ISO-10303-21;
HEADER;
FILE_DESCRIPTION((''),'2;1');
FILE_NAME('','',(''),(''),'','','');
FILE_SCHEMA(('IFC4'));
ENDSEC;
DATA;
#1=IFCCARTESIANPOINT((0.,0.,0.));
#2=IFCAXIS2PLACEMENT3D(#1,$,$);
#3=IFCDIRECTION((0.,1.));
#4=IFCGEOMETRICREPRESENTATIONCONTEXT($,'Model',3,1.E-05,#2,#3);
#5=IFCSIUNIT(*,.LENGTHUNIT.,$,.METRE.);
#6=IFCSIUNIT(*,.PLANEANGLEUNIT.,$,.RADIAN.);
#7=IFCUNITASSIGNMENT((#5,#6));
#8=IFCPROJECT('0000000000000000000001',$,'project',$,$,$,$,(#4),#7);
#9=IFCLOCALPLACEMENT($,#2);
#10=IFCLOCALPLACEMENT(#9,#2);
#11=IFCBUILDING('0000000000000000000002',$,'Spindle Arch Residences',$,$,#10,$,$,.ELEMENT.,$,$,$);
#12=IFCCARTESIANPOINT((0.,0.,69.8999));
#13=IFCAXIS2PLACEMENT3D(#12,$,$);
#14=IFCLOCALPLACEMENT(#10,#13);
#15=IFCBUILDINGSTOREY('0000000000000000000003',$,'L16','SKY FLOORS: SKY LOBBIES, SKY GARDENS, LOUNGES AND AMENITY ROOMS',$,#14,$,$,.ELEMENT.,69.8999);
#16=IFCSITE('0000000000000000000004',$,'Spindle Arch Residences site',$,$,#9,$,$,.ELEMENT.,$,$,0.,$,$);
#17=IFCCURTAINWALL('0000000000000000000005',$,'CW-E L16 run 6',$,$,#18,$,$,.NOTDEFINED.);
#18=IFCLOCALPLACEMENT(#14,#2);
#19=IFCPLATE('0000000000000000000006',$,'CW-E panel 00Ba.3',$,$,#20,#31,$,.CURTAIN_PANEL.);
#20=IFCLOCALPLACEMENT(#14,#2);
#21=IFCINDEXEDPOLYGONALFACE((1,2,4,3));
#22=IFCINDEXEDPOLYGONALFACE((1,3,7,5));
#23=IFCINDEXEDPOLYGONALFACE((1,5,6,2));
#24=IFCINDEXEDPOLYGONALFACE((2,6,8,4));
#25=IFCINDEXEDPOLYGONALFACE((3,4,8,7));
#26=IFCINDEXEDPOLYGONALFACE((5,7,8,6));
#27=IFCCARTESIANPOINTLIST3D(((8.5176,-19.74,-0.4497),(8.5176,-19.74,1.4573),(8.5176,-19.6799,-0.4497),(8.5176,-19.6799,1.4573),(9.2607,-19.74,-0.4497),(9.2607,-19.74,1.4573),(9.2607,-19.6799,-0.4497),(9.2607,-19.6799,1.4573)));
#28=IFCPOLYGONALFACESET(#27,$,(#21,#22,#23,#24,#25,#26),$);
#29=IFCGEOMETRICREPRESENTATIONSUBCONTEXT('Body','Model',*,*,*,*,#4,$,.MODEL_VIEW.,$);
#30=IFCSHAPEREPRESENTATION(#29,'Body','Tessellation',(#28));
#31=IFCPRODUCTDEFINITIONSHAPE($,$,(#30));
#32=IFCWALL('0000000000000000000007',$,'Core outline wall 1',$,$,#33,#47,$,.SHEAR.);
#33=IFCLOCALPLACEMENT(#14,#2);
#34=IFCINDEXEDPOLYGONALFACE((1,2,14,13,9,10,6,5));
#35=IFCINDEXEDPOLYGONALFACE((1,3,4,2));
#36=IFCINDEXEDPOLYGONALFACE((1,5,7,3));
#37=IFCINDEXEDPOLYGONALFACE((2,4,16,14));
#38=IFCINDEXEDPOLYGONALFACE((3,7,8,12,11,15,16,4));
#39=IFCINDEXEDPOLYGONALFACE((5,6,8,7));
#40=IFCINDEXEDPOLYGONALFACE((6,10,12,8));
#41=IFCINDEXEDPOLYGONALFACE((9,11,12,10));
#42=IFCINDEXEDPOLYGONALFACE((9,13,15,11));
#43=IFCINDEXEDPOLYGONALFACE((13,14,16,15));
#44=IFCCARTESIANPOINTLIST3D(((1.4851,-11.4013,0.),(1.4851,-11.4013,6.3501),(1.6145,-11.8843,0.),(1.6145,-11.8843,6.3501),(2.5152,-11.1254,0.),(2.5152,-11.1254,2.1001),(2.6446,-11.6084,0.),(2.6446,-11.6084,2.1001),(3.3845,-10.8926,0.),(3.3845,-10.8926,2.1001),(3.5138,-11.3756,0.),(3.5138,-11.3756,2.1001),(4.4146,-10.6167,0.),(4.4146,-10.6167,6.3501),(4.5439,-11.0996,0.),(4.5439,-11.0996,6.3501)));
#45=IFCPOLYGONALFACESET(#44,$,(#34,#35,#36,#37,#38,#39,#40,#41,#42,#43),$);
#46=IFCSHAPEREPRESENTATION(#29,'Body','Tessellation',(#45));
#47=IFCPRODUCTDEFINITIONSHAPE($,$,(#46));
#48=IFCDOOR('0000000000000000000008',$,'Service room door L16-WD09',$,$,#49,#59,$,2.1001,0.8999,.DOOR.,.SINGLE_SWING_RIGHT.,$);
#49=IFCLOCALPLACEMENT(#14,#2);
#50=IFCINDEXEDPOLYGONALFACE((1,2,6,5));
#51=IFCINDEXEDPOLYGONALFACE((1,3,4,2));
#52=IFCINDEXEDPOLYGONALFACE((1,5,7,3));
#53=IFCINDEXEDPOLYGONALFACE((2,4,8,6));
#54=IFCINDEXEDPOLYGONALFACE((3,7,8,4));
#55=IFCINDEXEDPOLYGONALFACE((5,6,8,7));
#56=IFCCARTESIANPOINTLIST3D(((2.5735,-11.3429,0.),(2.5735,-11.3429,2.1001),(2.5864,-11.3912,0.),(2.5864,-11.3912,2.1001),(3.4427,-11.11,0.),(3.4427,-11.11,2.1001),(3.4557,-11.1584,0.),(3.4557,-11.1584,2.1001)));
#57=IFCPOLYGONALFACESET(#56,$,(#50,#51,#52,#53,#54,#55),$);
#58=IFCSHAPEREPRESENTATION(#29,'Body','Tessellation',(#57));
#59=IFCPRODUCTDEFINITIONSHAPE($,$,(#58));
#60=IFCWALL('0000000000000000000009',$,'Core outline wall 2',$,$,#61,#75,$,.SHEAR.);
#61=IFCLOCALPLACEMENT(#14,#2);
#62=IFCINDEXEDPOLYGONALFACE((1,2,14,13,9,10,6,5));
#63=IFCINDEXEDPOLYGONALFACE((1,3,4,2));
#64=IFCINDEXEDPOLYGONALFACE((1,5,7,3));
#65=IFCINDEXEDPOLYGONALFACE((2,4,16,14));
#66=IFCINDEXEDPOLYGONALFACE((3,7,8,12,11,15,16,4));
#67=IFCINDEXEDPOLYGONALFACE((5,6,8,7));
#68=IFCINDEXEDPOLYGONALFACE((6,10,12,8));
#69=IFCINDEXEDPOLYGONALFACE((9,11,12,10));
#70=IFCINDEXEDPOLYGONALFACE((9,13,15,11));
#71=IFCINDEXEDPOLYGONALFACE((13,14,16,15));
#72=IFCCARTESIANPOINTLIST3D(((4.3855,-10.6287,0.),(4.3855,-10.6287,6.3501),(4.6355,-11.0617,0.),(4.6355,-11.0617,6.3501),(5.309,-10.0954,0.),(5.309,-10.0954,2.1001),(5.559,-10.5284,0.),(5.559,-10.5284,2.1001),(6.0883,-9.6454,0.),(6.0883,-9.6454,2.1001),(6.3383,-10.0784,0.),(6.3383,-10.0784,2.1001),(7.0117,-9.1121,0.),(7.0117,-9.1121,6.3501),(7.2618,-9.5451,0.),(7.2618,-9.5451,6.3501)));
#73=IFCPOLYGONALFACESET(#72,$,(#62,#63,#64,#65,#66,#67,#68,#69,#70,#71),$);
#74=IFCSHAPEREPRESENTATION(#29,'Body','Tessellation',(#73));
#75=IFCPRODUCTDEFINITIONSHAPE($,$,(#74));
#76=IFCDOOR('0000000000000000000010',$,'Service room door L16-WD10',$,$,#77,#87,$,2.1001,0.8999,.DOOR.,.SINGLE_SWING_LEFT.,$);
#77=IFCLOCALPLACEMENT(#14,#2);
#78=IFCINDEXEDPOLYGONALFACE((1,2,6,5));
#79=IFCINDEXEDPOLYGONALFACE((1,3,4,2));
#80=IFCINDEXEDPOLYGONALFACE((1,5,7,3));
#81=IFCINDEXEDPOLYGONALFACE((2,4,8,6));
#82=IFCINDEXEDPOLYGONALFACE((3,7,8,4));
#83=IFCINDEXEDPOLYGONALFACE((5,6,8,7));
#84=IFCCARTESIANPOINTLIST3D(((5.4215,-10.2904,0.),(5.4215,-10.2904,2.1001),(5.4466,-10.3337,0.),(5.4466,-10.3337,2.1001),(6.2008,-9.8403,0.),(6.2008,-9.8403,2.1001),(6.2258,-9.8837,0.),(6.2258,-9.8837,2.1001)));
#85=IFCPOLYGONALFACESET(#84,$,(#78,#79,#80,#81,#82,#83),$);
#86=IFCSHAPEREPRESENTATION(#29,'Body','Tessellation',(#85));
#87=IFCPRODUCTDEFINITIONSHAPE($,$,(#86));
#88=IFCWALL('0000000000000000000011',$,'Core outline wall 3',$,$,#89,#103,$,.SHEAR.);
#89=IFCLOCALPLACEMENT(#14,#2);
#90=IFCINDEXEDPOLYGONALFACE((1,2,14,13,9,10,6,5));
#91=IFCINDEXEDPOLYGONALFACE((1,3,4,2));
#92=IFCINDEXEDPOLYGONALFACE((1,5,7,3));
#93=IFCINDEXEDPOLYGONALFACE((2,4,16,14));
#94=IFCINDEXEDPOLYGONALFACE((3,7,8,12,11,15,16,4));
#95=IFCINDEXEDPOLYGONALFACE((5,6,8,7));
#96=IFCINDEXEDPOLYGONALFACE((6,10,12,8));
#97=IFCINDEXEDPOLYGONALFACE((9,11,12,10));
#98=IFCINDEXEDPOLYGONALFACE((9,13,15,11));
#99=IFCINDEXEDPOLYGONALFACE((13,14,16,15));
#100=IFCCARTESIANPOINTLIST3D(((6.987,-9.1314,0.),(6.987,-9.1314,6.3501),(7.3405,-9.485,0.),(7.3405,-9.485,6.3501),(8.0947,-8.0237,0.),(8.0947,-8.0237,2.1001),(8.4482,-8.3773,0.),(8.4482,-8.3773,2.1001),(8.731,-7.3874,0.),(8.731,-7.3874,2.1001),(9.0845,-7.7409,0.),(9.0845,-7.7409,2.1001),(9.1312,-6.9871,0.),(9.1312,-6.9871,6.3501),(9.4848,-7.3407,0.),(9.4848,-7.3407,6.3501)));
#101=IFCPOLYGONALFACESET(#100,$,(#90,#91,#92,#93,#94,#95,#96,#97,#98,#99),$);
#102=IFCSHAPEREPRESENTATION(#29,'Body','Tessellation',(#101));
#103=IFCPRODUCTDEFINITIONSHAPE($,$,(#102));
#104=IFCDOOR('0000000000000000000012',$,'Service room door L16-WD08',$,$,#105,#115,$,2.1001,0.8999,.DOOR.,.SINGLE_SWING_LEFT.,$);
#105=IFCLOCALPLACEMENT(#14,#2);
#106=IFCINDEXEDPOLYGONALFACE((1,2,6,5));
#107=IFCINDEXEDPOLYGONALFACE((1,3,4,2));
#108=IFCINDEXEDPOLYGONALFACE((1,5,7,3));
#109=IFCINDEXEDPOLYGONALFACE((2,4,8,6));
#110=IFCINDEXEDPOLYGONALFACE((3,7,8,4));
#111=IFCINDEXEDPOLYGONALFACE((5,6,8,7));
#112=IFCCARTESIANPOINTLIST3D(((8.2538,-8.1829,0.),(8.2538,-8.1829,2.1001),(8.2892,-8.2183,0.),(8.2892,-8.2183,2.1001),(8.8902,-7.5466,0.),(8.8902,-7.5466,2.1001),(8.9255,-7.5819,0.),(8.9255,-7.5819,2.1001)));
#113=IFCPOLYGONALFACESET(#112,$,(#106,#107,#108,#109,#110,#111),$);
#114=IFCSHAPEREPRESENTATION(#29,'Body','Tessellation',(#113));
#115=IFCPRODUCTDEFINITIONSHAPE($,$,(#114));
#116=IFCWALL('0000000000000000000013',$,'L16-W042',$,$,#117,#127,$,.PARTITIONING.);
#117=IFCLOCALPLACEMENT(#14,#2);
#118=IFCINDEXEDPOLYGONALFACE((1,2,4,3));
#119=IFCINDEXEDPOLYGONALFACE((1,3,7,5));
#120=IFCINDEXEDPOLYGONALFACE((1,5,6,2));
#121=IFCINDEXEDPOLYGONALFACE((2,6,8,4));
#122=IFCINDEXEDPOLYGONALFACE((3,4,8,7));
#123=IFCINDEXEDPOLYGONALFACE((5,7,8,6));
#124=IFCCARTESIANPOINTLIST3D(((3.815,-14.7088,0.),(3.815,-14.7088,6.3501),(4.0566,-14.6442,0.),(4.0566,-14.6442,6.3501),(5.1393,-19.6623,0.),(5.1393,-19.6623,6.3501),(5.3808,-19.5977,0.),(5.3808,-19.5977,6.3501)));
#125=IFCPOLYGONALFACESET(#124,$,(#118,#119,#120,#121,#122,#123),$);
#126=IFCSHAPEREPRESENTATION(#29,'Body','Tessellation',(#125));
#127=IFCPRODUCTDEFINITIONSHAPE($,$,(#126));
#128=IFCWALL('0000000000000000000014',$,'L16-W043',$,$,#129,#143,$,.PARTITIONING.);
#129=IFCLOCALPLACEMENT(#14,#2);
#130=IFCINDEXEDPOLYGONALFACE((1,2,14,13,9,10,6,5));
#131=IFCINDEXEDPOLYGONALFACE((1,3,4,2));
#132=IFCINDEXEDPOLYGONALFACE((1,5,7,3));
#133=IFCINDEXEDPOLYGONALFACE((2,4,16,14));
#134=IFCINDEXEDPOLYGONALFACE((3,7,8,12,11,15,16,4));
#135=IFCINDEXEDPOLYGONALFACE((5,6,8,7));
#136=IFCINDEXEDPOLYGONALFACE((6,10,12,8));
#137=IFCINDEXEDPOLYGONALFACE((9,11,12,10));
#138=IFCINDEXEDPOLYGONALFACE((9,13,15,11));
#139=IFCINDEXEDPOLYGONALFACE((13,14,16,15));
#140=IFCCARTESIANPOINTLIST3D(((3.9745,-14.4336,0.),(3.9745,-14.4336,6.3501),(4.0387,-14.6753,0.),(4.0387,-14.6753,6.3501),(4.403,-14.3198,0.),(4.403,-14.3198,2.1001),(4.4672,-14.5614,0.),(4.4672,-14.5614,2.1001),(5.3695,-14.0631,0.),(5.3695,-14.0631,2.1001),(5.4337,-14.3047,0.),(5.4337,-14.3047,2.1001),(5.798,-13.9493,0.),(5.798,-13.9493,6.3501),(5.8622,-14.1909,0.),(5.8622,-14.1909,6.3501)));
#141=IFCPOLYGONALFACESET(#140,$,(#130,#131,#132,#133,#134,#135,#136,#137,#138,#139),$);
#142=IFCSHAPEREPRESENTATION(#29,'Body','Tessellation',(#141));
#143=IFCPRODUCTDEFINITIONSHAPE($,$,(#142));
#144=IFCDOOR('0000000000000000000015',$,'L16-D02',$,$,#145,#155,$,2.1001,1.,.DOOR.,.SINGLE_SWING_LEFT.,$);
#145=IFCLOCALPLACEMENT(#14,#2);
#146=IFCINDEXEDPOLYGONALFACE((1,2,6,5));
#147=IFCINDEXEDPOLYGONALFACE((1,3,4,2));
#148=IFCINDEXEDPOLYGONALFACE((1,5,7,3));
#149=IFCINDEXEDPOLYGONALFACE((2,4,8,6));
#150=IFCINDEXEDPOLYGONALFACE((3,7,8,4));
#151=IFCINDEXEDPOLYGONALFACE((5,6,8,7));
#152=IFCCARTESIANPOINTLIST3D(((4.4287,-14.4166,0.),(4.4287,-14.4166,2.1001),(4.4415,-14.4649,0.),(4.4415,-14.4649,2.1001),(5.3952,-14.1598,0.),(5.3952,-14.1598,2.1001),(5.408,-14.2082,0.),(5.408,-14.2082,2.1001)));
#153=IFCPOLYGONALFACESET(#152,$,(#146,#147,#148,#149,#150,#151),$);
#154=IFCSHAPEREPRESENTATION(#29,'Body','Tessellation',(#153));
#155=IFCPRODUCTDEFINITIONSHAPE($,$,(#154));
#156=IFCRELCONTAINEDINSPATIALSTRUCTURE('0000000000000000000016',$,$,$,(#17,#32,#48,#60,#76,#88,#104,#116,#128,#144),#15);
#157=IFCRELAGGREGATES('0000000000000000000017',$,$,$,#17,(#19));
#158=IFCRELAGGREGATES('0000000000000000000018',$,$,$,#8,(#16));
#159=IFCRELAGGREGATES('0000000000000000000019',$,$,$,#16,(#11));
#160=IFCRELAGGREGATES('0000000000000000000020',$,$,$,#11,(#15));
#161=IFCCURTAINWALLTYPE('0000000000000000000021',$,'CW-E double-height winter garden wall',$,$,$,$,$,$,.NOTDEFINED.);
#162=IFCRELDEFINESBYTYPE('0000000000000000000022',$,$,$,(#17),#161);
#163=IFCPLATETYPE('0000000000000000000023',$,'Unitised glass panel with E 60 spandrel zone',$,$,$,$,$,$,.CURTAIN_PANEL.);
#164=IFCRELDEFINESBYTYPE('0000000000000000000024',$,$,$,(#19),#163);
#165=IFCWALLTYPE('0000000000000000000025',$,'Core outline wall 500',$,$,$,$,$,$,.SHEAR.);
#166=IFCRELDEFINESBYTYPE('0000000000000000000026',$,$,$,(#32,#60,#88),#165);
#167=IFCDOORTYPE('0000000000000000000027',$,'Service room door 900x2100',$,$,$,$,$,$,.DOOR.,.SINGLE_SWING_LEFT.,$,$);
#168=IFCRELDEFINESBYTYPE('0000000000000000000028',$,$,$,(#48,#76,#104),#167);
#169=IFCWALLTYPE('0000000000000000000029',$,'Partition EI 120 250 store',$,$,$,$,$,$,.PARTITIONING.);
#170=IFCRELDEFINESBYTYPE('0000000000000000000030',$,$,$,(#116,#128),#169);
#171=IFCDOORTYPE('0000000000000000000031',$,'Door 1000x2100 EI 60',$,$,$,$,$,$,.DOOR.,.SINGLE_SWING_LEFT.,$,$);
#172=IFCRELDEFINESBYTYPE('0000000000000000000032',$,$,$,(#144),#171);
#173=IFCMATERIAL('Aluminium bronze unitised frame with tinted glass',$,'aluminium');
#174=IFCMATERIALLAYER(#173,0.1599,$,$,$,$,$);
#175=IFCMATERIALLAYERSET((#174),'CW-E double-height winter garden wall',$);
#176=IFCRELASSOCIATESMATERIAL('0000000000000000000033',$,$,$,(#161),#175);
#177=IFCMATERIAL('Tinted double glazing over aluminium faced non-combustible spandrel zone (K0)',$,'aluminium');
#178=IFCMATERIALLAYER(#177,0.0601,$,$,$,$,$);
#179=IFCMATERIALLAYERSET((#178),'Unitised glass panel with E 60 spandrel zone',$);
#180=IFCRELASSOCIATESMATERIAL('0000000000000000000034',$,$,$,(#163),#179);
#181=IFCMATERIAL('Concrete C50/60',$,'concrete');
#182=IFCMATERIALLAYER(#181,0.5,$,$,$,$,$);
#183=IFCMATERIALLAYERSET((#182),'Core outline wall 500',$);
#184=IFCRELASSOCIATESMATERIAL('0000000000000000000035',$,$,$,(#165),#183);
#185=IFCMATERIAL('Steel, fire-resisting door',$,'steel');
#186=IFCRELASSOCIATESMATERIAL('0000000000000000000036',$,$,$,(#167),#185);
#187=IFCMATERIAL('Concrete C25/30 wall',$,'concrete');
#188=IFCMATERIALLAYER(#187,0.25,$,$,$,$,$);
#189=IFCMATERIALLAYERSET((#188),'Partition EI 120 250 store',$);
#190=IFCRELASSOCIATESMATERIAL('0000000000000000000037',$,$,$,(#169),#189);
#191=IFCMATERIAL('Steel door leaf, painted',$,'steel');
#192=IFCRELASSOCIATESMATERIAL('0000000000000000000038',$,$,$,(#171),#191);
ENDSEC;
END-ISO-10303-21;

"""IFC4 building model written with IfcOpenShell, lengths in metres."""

from ifc_helpers import new_model, si_unit, direction, frame, frame_2d, origin, origin_2d, place, context, subcontext, project, spatial, rectangle, extrude, material, layer, layer_set, type_object, element, fill, aggregate, save


model = new_model("IFC4")

# Units and contexts
model_context = context("Model", 3, precision=1e-05, world=origin(), true_north=direction((0.0, 1.0)))
body_context = subcontext(model_context, "Body", "Model", "MODEL_VIEW")
ifc_project = project(units=[si_unit("LENGTHUNIT", "METRE"), si_unit("PLANEANGLEUNIT", "RADIAN")], contexts=[model_context])

# Site, building, storey
site_placement = place(None, origin())
site = spatial("IfcSite", under=ifc_project, at=site_placement, Name="Spindle Arch Residences site", CompositionType="ELEMENT", RefElevation=0.0)
building_placement = place(site_placement, origin())
building = spatial("IfcBuilding", under=site, at=building_placement, Name="Spindle Arch Residences", CompositionType="ELEMENT")
storey_placement = place(building_placement, frame((0.0, 0.0, 69.8999)))
storey = spatial("IfcBuildingStorey", under=building, at=storey_placement, Name="L16", Description="SKY FLOORS: SKY LOBBIES, SKY GARDENS, LOUNGES AND AMENITY ROOMS", CompositionType="ELEMENT", Elevation=69.8999)

# Curtain wall, plate
ifc_material_1 = material(Name="Aluminium bronze unitised frame with tinted glass", Category="aluminium")
ifc_layer_1 = layer(ifc_material_1, 0.1599)
ifc_layer_set_1 = layer_set([ifc_layer_1], Name="CW-E double-height winter garden wall")
curtain_wall_type = type_object("IfcCurtainWallType", Name="CW-E double-height winter garden wall", PredefinedType="NOTDEFINED", material=ifc_layer_set_1)
curtain_wall_placement = place(storey_placement, origin())
curtain_wall = element("IfcCurtainWall", 1, at=curtain_wall_placement, inside=storey, type_object=curtain_wall_type, Name="CW-E L16 run 6", PredefinedType="NOTDEFINED")
ifc_material_2 = material(Name="Tinted double glazing over aluminium faced non-combustible spandrel zone (K0)", Category="aluminium")
ifc_layer_2 = layer(ifc_material_2, 0.0601)
ifc_layer_set_2 = layer_set([ifc_layer_2], Name="Unitised glass panel with E 60 spandrel zone")
plate_type = type_object("IfcPlateType", Name="Unitised glass panel with E 60 spandrel zone", PredefinedType="CURTAIN_PANEL", material=ifc_layer_set_2)
plate_placement = place(storey_placement, frame((8.8892, -19.71, -0.4497), z_axis=(0.0, 0.0, 1.0), x_axis=(1.0, 0.0, 0.0)))
plate = element("IfcPlate", 2, at=plate_placement, type_object=plate_type, Name="CW-E panel 00Ba.3", PredefinedType="CURTAIN_PANEL", context=body_context, shape_type="SweptSolid", body=[
    extrude(rectangle(XDim=0.7432, YDim=0.0601, at=origin_2d()), origin(), (0.0, 0.0, 1.0), 1.907),
])
aggregate(curtain_wall, [plate])

# Walls, openings, doors
ifc_material_3 = material(Name="Concrete C50/60", Category="concrete")
ifc_layer_3 = layer(ifc_material_3, 0.5)
ifc_layer_set_3 = layer_set([ifc_layer_3], Name="Core outline wall 500")
wall_type_1 = type_object("IfcWallType", Name="Core outline wall 500", PredefinedType="SHEAR", material=ifc_layer_set_3)
wall_1_placement = place(storey_placement, frame((1.5498, -11.6428, 0.0), z_axis=(0.0, 0.0, 1.0), x_axis=(0.965948, 0.258735, 0.0)))
wall_1 = element("IfcWall", 3, at=wall_1_placement, inside=storey, type_object=wall_type_1, Name="Core outline wall 1", PredefinedType="SHEAR", context=body_context, shape_type="SweptSolid", body=[
    extrude(rectangle(XDim=3.0327, YDim=0.5, at=frame_2d((1.5164, 0.0))), origin(), (0.0, 0.0, 1.0), 6.3501),
])
opening_1_placement = place(wall_1_placement, frame((1.0664, 0.0, 0.0)))
opening_1 = element("IfcOpeningElement", 4, at=opening_1_placement, cuts=wall_1, PredefinedType="OPENING", context=body_context, shape_type="SweptSolid", body=[
    extrude(rectangle(XDim=0.8999, YDim=2.1001, at=frame_2d((0.45, 1.05))), frame((0.0, 0.26, 0.0), z_axis=(0.0, -1.0, 0.0), x_axis=(1.0, 0.0, 0.0)), (0.0, 0.0, 1.0), 0.52),
])
ifc_material_4 = material(Name="Steel, fire-resisting door", Category="steel")
door_type_1 = type_object("IfcDoorType", Name="Service room door 900x2100", OperationType="SINGLE_SWING_LEFT", PredefinedType="DOOR", material=ifc_material_4)
door_1_placement = place(opening_1_placement, origin())
door_1 = element("IfcDoor", 5, at=door_1_placement, inside=storey, type_object=door_type_1, Name="Service room door L16-WD09", OperationType="SINGLE_SWING_RIGHT", OverallHeight=2.1001, OverallWidth=0.8999, PredefinedType="DOOR", context=body_context, shape_type="SweptSolid", body=[
    extrude(rectangle(XDim=0.8999, YDim=2.1001, at=frame_2d((0.45, 1.05))), frame((0.0, 0.0249, 0.0), z_axis=(0.0, -1.0, 0.0), x_axis=(1.0, 0.0, 0.0)), (0.0, 0.0, 1.0), 0.05),
])
fill(opening_1, door_1)
wall_2_placement = place(storey_placement, frame((4.5105, -10.8452, 0.0), z_axis=(0.0, 0.0, 1.0), x_axis=(0.865975, 0.500087, 0.0)))
wall_2 = element("IfcWall", 6, at=wall_2_placement, inside=storey, type_object=wall_type_1, Name="Core outline wall 2", PredefinedType="SHEAR", context=body_context, shape_type="SweptSolid", body=[
    extrude(rectangle(XDim=3.0327, YDim=0.5, at=frame_2d((1.5164, 0.0))), origin(), (0.0, 0.0, 1.0), 6.3501),
])
opening_2_placement = place(wall_2_placement, frame((1.0664, 0.0, 0.0)))
opening_2 = element("IfcOpeningElement", 7, at=opening_2_placement, cuts=wall_2, PredefinedType="OPENING", context=body_context, shape_type="SweptSolid", body=[
    extrude(rectangle(XDim=0.8999, YDim=2.1001, at=frame_2d((0.45, 1.05))), frame((0.0, 0.26, 0.0), z_axis=(0.0, -1.0, 0.0), x_axis=(1.0, 0.0, 0.0)), (0.0, 0.0, 1.0), 0.52),
])
door_2_placement = place(opening_2_placement, origin())
door_2 = element("IfcDoor", 8, at=door_2_placement, inside=storey, type_object=door_type_1, Name="Service room door L16-WD10", OperationType="SINGLE_SWING_LEFT", OverallHeight=2.1001, OverallWidth=0.8999, PredefinedType="DOOR", context=body_context, shape_type="SweptSolid", body=[
    extrude(rectangle(XDim=0.8999, YDim=2.1001, at=frame_2d((0.45, 1.05))), frame((0.0, 0.0249, 0.0), z_axis=(0.0, -1.0, 0.0), x_axis=(1.0, 0.0, 0.0)), (0.0, 0.0, 1.0), 0.05),
])
fill(opening_2, door_2)
wall_3_placement = place(storey_placement, frame((7.1638, -9.3081, 0.0), z_axis=(0.0, 0.0, 1.0), x_axis=(0.707107, 0.707107, 0.0)))
wall_3 = element("IfcWall", 9, at=wall_3_placement, inside=storey, type_object=wall_type_1, Name="Core outline wall 3", PredefinedType="SHEAR", context=body_context, shape_type="SweptSolid", body=[
    extrude(rectangle(XDim=3.0325, YDim=0.5, at=frame_2d((1.5161, 0.0))), origin(), (0.0, 0.0, 1.0), 6.3501),
])
opening_3_placement = place(wall_3_placement, frame((1.5664, 0.0, 0.0)))
opening_3 = element("IfcOpeningElement", 10, at=opening_3_placement, cuts=wall_3, PredefinedType="OPENING", context=body_context, shape_type="SweptSolid", body=[
    extrude(rectangle(XDim=0.8999, YDim=2.1001, at=frame_2d((0.45, 1.05))), frame((0.0, 0.26, 0.0), z_axis=(0.0, -1.0, 0.0), x_axis=(1.0, 0.0, 0.0)), (0.0, 0.0, 1.0), 0.52),
])
door_3_placement = place(opening_3_placement, origin())
door_3 = element("IfcDoor", 11, at=door_3_placement, inside=storey, type_object=door_type_1, Name="Service room door L16-WD08", OperationType="SINGLE_SWING_LEFT", OverallHeight=2.1001, OverallWidth=0.8999, PredefinedType="DOOR", context=body_context, shape_type="SweptSolid", body=[
    extrude(rectangle(XDim=0.8999, YDim=2.1001, at=frame_2d((0.45, 1.05))), frame((0.0, 0.0249, 0.0), z_axis=(0.0, -1.0, 0.0), x_axis=(1.0, 0.0, 0.0)), (0.0, 0.0, 1.0), 0.05),
])
fill(opening_3, door_3)

# Wall
ifc_material_5 = material(Name="Concrete C25/30 wall", Category="concrete")
ifc_layer_4 = layer(ifc_material_5, 0.25)
ifc_layer_set_4 = layer_set([ifc_layer_4], Name="Partition EI 120 250 store")
wall_type_2 = type_object("IfcWallType", Name="Partition EI 120 250 store", PredefinedType="PARTITIONING", material=ifc_layer_set_4)
wall_4_placement = place(storey_placement, frame((3.9358, -14.6765, 0.0), z_axis=(0.0, 0.0, 1.0), x_axis=(0.258267, -0.966074, 0.0)))
element("IfcWall", 12, at=wall_4_placement, inside=storey, type_object=wall_type_2, Name="L16-W042", PredefinedType="PARTITIONING", context=body_context, shape_type="SweptSolid", body=[
    extrude(rectangle(XDim=5.1274, YDim=0.25, at=frame_2d((2.5637, 0.0))), origin(), (0.0, 0.0, 1.0), 6.3501),
])

# Wall, opening, door
wall_5_placement = place(storey_placement, frame((4.0066, -14.5544, 0.0), z_axis=(0.0, 0.0, 1.0), x_axis=(0.966484, 0.256728, 0.0)))
wall_5 = element("IfcWall", 13, at=wall_5_placement, inside=storey, type_object=wall_type_2, Name="L16-W043", PredefinedType="PARTITIONING", context=body_context, shape_type="SweptSolid", body=[
    extrude(rectangle(XDim=1.8867, YDim=0.25, at=frame_2d((0.9434, 0.0))), origin(), (0.0, 0.0, 1.0), 6.3501),
])
opening_4_placement = place(wall_5_placement, frame((0.4434, 0.0, 0.0)))
opening_4 = element("IfcOpeningElement", 14, at=opening_4_placement, cuts=wall_5, PredefinedType="OPENING", context=body_context, shape_type="SweptSolid", body=[
    extrude(rectangle(XDim=1.0, YDim=2.1001, at=frame_2d((0.5, 1.05))), frame((0.0, 0.135, 0.0), z_axis=(0.0, -1.0, 0.0), x_axis=(1.0, 0.0, 0.0)), (0.0, 0.0, 1.0), 0.27),
])
ifc_material_6 = material(Name="Steel door leaf, painted", Category="steel")
door_type_2 = type_object("IfcDoorType", Name="Door 1000x2100 EI 60", OperationType="SINGLE_SWING_LEFT", PredefinedType="DOOR", material=ifc_material_6)
door_4_placement = place(opening_4_placement, origin())
door_4 = element("IfcDoor", 15, at=door_4_placement, inside=storey, type_object=door_type_2, Name="L16-D02", OperationType="SINGLE_SWING_LEFT", OverallHeight=2.1001, OverallWidth=1.0, PredefinedType="DOOR", context=body_context, shape_type="SweptSolid", body=[
    extrude(rectangle(XDim=1.0, YDim=2.1001, at=frame_2d((0.5, 1.05))), frame((0.0, 0.0249, 0.0), z_axis=(0.0, -1.0, 0.0), x_axis=(1.0, 0.0, 0.0)), (0.0, 0.0, 1.0), 0.05),
])
fill(opening_4, door_4)

save(model, "model.ifc")
